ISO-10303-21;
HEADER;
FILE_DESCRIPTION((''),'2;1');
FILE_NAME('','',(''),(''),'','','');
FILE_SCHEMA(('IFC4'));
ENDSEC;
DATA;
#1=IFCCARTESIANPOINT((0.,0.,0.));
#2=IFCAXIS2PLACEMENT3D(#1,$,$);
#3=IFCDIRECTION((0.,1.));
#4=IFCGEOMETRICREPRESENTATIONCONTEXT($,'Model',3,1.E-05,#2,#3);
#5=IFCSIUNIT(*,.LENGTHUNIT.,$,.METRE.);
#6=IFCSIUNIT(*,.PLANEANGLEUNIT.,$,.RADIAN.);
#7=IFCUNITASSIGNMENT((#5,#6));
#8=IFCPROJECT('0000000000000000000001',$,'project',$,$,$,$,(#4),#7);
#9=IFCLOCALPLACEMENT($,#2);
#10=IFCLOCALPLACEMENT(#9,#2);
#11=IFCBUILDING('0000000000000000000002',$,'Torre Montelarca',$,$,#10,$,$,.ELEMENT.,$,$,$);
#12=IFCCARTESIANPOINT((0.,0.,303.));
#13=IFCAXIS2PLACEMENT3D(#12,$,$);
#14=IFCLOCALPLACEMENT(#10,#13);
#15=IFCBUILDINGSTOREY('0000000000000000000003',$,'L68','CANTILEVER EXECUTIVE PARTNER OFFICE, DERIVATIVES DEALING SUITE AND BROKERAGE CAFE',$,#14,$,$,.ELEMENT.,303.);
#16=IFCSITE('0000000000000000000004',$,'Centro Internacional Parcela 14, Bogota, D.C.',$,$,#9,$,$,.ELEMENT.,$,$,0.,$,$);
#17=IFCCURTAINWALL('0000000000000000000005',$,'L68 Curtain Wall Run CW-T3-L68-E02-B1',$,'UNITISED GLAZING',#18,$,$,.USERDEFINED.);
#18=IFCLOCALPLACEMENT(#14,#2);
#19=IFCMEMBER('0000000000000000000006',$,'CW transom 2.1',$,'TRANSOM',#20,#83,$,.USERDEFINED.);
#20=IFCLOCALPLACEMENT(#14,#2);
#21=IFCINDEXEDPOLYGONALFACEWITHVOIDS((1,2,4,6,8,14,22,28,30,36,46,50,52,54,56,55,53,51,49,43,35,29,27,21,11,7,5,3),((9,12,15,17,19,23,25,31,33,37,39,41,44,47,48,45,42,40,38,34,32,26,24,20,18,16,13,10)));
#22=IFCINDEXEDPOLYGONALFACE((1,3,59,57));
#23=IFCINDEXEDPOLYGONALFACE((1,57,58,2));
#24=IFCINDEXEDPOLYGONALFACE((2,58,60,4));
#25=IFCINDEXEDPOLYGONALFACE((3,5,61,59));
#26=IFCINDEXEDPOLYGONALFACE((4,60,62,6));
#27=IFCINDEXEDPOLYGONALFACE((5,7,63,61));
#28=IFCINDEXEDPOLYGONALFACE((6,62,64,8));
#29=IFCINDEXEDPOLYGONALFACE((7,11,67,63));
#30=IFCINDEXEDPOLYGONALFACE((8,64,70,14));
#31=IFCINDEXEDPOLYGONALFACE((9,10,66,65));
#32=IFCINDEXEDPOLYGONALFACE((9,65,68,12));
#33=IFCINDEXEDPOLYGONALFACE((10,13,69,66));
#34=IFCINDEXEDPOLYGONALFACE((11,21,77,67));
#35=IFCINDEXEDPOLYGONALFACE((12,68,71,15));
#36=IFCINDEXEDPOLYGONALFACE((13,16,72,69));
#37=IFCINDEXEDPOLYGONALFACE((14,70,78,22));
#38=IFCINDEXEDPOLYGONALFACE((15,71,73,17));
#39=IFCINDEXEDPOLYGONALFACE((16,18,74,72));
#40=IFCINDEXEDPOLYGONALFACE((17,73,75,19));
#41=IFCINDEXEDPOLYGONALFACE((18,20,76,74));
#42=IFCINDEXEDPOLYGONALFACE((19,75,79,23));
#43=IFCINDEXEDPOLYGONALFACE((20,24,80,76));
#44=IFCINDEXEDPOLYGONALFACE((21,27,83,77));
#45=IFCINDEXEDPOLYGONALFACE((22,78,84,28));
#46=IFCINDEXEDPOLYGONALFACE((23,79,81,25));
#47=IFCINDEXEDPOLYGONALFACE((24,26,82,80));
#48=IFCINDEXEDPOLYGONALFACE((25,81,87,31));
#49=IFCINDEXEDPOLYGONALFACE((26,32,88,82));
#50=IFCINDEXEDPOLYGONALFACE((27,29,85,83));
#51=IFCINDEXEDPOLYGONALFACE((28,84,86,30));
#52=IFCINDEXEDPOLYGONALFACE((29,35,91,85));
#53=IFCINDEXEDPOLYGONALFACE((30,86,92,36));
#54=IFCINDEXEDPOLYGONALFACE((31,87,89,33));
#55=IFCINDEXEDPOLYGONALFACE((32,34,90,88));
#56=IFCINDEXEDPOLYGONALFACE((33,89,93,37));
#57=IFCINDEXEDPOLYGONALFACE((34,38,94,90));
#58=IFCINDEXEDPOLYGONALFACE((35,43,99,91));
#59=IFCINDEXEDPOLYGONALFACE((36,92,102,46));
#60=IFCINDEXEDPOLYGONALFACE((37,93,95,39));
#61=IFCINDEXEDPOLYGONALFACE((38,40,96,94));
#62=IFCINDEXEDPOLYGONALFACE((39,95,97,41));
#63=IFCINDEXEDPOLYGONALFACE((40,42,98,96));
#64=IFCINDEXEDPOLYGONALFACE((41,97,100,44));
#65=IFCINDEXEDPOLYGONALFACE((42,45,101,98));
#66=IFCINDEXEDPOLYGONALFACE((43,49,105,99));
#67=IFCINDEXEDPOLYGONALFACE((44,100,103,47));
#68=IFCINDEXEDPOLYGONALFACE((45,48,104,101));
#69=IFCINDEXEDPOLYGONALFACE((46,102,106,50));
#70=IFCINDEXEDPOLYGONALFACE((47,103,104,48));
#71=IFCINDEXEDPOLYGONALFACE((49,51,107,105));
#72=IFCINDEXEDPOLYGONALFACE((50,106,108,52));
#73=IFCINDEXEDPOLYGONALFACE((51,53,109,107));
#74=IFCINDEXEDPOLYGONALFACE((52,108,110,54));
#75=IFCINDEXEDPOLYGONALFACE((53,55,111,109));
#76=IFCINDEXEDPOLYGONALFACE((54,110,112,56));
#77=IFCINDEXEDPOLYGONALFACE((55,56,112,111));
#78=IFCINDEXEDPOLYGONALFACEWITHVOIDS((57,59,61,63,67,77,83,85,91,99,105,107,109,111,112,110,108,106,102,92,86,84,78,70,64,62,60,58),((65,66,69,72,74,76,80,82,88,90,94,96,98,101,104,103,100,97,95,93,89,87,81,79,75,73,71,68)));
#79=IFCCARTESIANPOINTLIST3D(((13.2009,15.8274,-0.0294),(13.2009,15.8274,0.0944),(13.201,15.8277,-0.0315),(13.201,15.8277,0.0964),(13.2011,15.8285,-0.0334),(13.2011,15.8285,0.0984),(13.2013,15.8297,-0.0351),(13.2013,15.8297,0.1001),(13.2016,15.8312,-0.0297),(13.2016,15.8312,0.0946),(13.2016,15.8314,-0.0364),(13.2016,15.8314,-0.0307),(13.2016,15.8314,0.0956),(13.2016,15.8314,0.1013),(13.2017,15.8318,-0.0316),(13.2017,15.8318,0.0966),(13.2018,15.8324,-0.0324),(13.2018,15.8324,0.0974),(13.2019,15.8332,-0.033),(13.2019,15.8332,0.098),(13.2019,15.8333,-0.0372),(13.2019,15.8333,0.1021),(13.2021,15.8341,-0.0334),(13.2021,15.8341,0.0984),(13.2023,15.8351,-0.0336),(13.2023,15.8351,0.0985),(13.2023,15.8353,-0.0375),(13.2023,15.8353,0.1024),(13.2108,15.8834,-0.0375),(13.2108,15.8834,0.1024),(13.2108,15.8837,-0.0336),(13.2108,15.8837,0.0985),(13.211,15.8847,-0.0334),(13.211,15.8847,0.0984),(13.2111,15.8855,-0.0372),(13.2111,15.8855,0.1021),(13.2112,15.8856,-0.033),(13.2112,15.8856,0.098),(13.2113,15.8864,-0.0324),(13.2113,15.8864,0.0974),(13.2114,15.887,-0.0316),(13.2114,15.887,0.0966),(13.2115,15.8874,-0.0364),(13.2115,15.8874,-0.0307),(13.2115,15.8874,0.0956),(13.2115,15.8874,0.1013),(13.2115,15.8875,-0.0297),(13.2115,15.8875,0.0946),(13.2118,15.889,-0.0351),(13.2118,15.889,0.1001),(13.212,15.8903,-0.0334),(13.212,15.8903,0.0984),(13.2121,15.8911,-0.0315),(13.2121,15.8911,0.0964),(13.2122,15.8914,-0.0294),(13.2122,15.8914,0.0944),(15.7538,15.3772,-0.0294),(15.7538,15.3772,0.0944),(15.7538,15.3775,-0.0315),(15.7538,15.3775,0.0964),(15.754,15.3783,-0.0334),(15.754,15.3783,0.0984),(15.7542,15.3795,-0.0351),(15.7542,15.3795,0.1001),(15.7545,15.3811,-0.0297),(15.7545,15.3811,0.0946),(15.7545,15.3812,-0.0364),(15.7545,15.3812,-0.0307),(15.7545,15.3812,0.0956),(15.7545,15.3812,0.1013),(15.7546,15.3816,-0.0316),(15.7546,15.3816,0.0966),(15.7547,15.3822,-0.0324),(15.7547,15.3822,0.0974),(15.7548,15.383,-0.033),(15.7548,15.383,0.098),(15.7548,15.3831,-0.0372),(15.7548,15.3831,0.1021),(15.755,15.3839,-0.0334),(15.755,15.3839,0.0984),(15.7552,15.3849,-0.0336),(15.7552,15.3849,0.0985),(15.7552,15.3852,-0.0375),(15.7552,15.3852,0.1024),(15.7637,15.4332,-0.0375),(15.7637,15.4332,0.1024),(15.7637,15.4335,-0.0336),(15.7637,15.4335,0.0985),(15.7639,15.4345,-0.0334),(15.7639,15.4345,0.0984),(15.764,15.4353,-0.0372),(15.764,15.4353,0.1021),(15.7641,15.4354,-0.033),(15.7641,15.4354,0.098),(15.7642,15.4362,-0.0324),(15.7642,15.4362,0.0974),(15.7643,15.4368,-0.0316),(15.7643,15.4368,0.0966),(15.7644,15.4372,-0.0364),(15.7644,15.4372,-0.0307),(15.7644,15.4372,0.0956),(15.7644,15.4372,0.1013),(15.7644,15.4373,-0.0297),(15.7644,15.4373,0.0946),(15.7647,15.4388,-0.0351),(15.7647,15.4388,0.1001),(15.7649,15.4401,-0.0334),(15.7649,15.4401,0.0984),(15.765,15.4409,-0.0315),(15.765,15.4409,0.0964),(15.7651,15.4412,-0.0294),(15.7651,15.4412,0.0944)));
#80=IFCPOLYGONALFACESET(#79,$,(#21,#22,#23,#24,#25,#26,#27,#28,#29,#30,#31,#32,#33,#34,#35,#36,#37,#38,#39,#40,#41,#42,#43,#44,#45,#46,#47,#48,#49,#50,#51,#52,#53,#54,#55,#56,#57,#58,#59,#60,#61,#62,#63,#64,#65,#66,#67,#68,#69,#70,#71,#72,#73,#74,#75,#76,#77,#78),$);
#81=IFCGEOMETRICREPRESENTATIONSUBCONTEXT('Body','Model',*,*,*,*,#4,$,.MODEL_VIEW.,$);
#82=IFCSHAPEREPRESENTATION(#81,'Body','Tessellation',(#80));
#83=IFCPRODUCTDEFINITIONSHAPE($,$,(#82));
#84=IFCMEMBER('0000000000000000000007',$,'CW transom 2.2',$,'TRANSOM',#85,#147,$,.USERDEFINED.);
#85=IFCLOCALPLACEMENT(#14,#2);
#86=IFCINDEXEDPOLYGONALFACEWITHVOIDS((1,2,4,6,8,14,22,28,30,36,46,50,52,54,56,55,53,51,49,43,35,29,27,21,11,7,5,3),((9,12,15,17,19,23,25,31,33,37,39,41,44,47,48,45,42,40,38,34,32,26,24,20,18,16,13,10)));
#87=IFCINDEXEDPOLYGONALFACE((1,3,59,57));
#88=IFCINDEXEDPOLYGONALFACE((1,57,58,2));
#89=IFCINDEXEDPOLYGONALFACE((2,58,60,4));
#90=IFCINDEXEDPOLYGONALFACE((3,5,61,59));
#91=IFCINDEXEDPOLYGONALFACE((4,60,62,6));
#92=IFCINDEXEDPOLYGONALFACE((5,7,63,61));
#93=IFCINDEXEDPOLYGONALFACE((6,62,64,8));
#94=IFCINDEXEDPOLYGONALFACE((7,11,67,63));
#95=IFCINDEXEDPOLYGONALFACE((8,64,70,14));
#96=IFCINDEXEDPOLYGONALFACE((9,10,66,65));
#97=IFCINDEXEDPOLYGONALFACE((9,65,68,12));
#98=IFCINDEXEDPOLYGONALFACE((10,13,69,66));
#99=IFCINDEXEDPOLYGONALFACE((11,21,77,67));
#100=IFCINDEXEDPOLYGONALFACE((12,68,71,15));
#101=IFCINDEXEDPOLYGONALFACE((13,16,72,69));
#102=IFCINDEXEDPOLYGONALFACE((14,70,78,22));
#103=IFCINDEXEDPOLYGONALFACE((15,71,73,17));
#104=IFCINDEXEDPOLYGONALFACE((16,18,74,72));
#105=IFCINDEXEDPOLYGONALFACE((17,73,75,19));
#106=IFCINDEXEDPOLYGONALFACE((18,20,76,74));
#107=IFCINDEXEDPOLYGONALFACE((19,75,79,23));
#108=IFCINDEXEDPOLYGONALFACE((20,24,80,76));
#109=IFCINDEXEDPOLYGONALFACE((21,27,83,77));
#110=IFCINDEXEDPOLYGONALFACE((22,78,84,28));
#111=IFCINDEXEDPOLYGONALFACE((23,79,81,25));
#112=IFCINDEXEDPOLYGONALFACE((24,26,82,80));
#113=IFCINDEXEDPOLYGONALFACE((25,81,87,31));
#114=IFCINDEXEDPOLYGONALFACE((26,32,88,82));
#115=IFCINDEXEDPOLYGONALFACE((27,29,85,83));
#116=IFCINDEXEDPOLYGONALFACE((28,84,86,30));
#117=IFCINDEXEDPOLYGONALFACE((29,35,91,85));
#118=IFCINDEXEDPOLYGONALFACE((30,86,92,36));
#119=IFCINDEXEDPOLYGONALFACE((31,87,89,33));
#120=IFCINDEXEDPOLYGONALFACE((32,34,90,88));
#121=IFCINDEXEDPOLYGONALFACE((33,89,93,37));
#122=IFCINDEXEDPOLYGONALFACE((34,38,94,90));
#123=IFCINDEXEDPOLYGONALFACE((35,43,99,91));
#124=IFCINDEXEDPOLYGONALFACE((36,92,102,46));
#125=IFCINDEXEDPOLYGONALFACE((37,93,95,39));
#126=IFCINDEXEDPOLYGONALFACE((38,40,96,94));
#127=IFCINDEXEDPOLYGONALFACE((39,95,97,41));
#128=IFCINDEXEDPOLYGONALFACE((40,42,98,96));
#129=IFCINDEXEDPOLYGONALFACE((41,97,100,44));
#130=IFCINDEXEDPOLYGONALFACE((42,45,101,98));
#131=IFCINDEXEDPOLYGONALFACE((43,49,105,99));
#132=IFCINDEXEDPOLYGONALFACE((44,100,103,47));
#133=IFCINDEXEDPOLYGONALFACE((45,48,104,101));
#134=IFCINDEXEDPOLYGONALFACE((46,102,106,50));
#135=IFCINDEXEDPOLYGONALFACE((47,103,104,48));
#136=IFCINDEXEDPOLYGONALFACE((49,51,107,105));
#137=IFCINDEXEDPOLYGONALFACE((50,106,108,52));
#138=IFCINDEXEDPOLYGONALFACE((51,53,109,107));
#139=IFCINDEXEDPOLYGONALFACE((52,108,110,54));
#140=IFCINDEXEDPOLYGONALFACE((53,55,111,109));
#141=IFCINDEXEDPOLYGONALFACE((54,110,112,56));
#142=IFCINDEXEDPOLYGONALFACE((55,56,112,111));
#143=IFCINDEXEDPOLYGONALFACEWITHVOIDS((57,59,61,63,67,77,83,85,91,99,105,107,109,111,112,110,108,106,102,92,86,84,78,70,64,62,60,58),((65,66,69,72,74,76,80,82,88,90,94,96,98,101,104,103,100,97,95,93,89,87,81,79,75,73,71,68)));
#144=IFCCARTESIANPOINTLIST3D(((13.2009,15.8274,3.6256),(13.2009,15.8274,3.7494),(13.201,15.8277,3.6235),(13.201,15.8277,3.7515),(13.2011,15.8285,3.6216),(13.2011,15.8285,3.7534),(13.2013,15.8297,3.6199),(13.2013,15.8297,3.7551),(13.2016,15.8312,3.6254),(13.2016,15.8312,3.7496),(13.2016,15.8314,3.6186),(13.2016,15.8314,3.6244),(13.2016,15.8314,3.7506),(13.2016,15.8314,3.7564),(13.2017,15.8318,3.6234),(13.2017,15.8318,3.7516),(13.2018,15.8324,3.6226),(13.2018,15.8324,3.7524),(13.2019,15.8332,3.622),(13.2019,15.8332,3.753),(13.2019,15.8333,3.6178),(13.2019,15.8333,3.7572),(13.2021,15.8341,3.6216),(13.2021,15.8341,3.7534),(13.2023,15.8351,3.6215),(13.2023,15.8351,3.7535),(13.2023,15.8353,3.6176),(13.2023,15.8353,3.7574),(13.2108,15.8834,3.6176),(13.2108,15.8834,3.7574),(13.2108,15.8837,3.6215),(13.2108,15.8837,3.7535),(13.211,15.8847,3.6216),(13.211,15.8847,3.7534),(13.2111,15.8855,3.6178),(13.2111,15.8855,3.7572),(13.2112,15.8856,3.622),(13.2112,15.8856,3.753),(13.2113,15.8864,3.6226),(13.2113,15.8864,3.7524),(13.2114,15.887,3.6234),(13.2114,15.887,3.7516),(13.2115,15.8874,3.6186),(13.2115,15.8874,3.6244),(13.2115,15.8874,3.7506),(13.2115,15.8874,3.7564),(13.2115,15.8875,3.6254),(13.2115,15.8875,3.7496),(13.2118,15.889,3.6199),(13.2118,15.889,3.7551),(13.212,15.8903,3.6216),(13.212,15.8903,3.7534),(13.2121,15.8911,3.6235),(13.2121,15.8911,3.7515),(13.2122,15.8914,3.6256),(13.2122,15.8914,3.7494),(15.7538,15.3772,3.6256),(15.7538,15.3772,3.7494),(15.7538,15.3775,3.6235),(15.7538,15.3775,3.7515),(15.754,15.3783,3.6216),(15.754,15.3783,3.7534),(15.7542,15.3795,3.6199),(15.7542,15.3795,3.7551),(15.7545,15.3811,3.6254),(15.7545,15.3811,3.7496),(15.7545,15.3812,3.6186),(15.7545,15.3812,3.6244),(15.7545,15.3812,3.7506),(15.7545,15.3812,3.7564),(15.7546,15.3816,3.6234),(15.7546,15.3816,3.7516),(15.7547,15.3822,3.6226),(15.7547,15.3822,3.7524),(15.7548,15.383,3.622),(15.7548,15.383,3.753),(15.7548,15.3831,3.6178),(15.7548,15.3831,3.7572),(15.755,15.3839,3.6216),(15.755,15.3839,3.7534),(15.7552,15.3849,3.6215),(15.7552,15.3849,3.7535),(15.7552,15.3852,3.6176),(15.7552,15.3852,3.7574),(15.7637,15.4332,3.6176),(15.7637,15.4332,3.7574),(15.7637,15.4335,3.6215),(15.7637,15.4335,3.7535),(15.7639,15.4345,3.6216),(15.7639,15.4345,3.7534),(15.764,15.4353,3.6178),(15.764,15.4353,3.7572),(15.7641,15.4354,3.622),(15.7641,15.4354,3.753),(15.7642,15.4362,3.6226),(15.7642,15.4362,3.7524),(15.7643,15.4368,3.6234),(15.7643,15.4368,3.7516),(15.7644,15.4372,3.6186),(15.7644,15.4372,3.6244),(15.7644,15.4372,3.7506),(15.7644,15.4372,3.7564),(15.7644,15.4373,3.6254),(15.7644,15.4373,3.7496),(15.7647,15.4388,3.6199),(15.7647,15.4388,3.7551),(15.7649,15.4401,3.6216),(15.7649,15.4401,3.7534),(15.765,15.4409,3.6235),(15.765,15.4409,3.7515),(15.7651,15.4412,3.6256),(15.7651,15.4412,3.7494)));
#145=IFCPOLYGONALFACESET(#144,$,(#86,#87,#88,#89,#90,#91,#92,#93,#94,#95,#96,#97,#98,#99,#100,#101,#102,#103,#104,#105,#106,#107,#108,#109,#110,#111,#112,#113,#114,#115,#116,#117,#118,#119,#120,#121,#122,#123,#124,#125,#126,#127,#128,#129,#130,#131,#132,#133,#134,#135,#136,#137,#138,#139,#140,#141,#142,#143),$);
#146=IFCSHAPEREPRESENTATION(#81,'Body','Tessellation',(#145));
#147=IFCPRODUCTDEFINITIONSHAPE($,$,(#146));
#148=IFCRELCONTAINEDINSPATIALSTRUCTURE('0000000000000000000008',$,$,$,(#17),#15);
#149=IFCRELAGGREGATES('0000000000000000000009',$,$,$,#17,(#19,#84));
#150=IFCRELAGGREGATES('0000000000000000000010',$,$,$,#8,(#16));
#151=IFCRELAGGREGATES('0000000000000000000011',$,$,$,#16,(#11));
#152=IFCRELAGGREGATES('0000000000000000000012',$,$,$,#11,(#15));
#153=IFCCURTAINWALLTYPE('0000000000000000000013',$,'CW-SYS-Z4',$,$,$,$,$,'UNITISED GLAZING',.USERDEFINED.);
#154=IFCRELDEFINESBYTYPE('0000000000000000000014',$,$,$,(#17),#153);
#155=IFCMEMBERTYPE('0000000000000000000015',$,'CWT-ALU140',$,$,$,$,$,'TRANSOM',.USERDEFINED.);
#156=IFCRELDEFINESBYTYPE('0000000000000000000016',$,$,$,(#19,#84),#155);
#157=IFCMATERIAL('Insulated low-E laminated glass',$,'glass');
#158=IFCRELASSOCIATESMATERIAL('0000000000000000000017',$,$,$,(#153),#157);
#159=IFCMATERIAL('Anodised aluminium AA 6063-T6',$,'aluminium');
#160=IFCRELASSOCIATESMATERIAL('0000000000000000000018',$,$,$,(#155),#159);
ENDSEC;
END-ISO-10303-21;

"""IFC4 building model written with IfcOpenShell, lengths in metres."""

from ifc_helpers import new_model, si_unit, direction, frame, origin, origin_2d, place, context, subcontext, project, spatial, hollow_rectangle, extrude, source, transform, mapped, material, material_profile, profile_set, type_object, element, aggregate, save


model = new_model("IFC4")

# Units and contexts
model_context = context("Model", 3, precision=1e-05, world=origin(), true_north=direction((0.0, 1.0)))
body_context = subcontext(model_context, "Body", "Model", "MODEL_VIEW")
ifc_project = project(units=[si_unit("LENGTHUNIT", "METRE"), si_unit("PLANEANGLEUNIT", "RADIAN")], contexts=[model_context])

# Site, building, storey
site_placement = place(None, origin())
site = spatial("IfcSite", under=ifc_project, at=site_placement, Name="Centro Internacional Parcela 14, Bogota, D.C.", CompositionType="ELEMENT", RefElevation=0.0)
building_placement = place(site_placement, origin())
building = spatial("IfcBuilding", under=site, at=building_placement, Name="Torre Montelarca", CompositionType="ELEMENT")
storey_placement = place(building_placement, frame((0.0, 0.0, 303.0)))
storey = spatial("IfcBuildingStorey", under=building, at=storey_placement, Name="L68", Description="CANTILEVER EXECUTIVE PARTNER OFFICE, DERIVATIVES DEALING SUITE AND BROKERAGE CAFE", CompositionType="ELEMENT", Elevation=303.0)

# Curtain wall, members
ifc_material_1 = material(Name="Insulated low-E laminated glass", Category="glass")
curtain_wall_type = type_object("IfcCurtainWallType", Name="CW-SYS-Z4", ElementType="UNITISED GLAZING", PredefinedType="USERDEFINED", material=ifc_material_1)
curtain_wall_1_placement = place(storey_placement, origin())
curtain_wall_1 = element("IfcCurtainWall", 1, at=curtain_wall_1_placement, inside=storey, type_object=curtain_wall_type, Name="L68 Curtain Wall Run CW-T3-L68-E02-B1", ObjectType="UNITISED GLAZING", PredefinedType="USERDEFINED")
ifc_material_2 = material(Name="Anodised aluminium AA 6063-T6", Category="aluminium")
ifc_material_profile_1 = material_profile(ifc_material_2, hollow_rectangle(XDim=0.0649, YDim=0.1399, WallThickness=0.0039, InnerFilletRadius=0.0039, OuterFilletRadius=0.0081, at=origin_2d()), Name="ALU65X140X4", Category="aluminium")
ifc_profile_set_1 = profile_set([ifc_material_profile_1], Name="Anodised aluminium AA 6063-T6")
member_type_1 = type_object("IfcMemberType", Name="CWT-ALU140", ElementType="TRANSOM", PredefinedType="USERDEFINED", material=ifc_profile_set_1)
shared_shape_1 = source(origin(), body_context, "Body", "SweptSolid", [
    extrude(hollow_rectangle(XDim=0.0649, YDim=0.1399, WallThickness=0.0039, InnerFilletRadius=0.0039, OuterFilletRadius=0.0081, at=origin_2d()), origin(), (0.0, 0.0, 1.0), 2.5923),
])
member_1_placement = place(storey_placement, frame((13.2065, 15.8594, 0.0325), z_axis=(0.984805, -0.173662, 0.0), x_axis=(0.173662, 0.984805, 0.0)))
member_1 = element("IfcMember", 2, at=member_1_placement, type_object=member_type_1, Name="CW transom 2.1", ObjectType="TRANSOM", PredefinedType="USERDEFINED", context=body_context, shape_type="MappedRepresentation", body=[
    mapped(shared_shape_1, transform((0.0, 0.0, 0.0), scale=1.0)),
])
member_2_placement = place(storey_placement, frame((13.2065, 15.8594, 3.6875), z_axis=(0.984805, -0.173662, 0.0), x_axis=(0.173662, 0.984805, 0.0)))
member_2 = element("IfcMember", 3, at=member_2_placement, type_object=member_type_1, Name="CW transom 2.2", ObjectType="TRANSOM", PredefinedType="USERDEFINED", context=body_context, shape_type="MappedRepresentation", body=[
    mapped(shared_shape_1, transform((0.0, 0.0, 0.0), scale=1.0)),
])

aggregate(curtain_wall_1, [member_1, member_2])

save(model, "model.ifc")
